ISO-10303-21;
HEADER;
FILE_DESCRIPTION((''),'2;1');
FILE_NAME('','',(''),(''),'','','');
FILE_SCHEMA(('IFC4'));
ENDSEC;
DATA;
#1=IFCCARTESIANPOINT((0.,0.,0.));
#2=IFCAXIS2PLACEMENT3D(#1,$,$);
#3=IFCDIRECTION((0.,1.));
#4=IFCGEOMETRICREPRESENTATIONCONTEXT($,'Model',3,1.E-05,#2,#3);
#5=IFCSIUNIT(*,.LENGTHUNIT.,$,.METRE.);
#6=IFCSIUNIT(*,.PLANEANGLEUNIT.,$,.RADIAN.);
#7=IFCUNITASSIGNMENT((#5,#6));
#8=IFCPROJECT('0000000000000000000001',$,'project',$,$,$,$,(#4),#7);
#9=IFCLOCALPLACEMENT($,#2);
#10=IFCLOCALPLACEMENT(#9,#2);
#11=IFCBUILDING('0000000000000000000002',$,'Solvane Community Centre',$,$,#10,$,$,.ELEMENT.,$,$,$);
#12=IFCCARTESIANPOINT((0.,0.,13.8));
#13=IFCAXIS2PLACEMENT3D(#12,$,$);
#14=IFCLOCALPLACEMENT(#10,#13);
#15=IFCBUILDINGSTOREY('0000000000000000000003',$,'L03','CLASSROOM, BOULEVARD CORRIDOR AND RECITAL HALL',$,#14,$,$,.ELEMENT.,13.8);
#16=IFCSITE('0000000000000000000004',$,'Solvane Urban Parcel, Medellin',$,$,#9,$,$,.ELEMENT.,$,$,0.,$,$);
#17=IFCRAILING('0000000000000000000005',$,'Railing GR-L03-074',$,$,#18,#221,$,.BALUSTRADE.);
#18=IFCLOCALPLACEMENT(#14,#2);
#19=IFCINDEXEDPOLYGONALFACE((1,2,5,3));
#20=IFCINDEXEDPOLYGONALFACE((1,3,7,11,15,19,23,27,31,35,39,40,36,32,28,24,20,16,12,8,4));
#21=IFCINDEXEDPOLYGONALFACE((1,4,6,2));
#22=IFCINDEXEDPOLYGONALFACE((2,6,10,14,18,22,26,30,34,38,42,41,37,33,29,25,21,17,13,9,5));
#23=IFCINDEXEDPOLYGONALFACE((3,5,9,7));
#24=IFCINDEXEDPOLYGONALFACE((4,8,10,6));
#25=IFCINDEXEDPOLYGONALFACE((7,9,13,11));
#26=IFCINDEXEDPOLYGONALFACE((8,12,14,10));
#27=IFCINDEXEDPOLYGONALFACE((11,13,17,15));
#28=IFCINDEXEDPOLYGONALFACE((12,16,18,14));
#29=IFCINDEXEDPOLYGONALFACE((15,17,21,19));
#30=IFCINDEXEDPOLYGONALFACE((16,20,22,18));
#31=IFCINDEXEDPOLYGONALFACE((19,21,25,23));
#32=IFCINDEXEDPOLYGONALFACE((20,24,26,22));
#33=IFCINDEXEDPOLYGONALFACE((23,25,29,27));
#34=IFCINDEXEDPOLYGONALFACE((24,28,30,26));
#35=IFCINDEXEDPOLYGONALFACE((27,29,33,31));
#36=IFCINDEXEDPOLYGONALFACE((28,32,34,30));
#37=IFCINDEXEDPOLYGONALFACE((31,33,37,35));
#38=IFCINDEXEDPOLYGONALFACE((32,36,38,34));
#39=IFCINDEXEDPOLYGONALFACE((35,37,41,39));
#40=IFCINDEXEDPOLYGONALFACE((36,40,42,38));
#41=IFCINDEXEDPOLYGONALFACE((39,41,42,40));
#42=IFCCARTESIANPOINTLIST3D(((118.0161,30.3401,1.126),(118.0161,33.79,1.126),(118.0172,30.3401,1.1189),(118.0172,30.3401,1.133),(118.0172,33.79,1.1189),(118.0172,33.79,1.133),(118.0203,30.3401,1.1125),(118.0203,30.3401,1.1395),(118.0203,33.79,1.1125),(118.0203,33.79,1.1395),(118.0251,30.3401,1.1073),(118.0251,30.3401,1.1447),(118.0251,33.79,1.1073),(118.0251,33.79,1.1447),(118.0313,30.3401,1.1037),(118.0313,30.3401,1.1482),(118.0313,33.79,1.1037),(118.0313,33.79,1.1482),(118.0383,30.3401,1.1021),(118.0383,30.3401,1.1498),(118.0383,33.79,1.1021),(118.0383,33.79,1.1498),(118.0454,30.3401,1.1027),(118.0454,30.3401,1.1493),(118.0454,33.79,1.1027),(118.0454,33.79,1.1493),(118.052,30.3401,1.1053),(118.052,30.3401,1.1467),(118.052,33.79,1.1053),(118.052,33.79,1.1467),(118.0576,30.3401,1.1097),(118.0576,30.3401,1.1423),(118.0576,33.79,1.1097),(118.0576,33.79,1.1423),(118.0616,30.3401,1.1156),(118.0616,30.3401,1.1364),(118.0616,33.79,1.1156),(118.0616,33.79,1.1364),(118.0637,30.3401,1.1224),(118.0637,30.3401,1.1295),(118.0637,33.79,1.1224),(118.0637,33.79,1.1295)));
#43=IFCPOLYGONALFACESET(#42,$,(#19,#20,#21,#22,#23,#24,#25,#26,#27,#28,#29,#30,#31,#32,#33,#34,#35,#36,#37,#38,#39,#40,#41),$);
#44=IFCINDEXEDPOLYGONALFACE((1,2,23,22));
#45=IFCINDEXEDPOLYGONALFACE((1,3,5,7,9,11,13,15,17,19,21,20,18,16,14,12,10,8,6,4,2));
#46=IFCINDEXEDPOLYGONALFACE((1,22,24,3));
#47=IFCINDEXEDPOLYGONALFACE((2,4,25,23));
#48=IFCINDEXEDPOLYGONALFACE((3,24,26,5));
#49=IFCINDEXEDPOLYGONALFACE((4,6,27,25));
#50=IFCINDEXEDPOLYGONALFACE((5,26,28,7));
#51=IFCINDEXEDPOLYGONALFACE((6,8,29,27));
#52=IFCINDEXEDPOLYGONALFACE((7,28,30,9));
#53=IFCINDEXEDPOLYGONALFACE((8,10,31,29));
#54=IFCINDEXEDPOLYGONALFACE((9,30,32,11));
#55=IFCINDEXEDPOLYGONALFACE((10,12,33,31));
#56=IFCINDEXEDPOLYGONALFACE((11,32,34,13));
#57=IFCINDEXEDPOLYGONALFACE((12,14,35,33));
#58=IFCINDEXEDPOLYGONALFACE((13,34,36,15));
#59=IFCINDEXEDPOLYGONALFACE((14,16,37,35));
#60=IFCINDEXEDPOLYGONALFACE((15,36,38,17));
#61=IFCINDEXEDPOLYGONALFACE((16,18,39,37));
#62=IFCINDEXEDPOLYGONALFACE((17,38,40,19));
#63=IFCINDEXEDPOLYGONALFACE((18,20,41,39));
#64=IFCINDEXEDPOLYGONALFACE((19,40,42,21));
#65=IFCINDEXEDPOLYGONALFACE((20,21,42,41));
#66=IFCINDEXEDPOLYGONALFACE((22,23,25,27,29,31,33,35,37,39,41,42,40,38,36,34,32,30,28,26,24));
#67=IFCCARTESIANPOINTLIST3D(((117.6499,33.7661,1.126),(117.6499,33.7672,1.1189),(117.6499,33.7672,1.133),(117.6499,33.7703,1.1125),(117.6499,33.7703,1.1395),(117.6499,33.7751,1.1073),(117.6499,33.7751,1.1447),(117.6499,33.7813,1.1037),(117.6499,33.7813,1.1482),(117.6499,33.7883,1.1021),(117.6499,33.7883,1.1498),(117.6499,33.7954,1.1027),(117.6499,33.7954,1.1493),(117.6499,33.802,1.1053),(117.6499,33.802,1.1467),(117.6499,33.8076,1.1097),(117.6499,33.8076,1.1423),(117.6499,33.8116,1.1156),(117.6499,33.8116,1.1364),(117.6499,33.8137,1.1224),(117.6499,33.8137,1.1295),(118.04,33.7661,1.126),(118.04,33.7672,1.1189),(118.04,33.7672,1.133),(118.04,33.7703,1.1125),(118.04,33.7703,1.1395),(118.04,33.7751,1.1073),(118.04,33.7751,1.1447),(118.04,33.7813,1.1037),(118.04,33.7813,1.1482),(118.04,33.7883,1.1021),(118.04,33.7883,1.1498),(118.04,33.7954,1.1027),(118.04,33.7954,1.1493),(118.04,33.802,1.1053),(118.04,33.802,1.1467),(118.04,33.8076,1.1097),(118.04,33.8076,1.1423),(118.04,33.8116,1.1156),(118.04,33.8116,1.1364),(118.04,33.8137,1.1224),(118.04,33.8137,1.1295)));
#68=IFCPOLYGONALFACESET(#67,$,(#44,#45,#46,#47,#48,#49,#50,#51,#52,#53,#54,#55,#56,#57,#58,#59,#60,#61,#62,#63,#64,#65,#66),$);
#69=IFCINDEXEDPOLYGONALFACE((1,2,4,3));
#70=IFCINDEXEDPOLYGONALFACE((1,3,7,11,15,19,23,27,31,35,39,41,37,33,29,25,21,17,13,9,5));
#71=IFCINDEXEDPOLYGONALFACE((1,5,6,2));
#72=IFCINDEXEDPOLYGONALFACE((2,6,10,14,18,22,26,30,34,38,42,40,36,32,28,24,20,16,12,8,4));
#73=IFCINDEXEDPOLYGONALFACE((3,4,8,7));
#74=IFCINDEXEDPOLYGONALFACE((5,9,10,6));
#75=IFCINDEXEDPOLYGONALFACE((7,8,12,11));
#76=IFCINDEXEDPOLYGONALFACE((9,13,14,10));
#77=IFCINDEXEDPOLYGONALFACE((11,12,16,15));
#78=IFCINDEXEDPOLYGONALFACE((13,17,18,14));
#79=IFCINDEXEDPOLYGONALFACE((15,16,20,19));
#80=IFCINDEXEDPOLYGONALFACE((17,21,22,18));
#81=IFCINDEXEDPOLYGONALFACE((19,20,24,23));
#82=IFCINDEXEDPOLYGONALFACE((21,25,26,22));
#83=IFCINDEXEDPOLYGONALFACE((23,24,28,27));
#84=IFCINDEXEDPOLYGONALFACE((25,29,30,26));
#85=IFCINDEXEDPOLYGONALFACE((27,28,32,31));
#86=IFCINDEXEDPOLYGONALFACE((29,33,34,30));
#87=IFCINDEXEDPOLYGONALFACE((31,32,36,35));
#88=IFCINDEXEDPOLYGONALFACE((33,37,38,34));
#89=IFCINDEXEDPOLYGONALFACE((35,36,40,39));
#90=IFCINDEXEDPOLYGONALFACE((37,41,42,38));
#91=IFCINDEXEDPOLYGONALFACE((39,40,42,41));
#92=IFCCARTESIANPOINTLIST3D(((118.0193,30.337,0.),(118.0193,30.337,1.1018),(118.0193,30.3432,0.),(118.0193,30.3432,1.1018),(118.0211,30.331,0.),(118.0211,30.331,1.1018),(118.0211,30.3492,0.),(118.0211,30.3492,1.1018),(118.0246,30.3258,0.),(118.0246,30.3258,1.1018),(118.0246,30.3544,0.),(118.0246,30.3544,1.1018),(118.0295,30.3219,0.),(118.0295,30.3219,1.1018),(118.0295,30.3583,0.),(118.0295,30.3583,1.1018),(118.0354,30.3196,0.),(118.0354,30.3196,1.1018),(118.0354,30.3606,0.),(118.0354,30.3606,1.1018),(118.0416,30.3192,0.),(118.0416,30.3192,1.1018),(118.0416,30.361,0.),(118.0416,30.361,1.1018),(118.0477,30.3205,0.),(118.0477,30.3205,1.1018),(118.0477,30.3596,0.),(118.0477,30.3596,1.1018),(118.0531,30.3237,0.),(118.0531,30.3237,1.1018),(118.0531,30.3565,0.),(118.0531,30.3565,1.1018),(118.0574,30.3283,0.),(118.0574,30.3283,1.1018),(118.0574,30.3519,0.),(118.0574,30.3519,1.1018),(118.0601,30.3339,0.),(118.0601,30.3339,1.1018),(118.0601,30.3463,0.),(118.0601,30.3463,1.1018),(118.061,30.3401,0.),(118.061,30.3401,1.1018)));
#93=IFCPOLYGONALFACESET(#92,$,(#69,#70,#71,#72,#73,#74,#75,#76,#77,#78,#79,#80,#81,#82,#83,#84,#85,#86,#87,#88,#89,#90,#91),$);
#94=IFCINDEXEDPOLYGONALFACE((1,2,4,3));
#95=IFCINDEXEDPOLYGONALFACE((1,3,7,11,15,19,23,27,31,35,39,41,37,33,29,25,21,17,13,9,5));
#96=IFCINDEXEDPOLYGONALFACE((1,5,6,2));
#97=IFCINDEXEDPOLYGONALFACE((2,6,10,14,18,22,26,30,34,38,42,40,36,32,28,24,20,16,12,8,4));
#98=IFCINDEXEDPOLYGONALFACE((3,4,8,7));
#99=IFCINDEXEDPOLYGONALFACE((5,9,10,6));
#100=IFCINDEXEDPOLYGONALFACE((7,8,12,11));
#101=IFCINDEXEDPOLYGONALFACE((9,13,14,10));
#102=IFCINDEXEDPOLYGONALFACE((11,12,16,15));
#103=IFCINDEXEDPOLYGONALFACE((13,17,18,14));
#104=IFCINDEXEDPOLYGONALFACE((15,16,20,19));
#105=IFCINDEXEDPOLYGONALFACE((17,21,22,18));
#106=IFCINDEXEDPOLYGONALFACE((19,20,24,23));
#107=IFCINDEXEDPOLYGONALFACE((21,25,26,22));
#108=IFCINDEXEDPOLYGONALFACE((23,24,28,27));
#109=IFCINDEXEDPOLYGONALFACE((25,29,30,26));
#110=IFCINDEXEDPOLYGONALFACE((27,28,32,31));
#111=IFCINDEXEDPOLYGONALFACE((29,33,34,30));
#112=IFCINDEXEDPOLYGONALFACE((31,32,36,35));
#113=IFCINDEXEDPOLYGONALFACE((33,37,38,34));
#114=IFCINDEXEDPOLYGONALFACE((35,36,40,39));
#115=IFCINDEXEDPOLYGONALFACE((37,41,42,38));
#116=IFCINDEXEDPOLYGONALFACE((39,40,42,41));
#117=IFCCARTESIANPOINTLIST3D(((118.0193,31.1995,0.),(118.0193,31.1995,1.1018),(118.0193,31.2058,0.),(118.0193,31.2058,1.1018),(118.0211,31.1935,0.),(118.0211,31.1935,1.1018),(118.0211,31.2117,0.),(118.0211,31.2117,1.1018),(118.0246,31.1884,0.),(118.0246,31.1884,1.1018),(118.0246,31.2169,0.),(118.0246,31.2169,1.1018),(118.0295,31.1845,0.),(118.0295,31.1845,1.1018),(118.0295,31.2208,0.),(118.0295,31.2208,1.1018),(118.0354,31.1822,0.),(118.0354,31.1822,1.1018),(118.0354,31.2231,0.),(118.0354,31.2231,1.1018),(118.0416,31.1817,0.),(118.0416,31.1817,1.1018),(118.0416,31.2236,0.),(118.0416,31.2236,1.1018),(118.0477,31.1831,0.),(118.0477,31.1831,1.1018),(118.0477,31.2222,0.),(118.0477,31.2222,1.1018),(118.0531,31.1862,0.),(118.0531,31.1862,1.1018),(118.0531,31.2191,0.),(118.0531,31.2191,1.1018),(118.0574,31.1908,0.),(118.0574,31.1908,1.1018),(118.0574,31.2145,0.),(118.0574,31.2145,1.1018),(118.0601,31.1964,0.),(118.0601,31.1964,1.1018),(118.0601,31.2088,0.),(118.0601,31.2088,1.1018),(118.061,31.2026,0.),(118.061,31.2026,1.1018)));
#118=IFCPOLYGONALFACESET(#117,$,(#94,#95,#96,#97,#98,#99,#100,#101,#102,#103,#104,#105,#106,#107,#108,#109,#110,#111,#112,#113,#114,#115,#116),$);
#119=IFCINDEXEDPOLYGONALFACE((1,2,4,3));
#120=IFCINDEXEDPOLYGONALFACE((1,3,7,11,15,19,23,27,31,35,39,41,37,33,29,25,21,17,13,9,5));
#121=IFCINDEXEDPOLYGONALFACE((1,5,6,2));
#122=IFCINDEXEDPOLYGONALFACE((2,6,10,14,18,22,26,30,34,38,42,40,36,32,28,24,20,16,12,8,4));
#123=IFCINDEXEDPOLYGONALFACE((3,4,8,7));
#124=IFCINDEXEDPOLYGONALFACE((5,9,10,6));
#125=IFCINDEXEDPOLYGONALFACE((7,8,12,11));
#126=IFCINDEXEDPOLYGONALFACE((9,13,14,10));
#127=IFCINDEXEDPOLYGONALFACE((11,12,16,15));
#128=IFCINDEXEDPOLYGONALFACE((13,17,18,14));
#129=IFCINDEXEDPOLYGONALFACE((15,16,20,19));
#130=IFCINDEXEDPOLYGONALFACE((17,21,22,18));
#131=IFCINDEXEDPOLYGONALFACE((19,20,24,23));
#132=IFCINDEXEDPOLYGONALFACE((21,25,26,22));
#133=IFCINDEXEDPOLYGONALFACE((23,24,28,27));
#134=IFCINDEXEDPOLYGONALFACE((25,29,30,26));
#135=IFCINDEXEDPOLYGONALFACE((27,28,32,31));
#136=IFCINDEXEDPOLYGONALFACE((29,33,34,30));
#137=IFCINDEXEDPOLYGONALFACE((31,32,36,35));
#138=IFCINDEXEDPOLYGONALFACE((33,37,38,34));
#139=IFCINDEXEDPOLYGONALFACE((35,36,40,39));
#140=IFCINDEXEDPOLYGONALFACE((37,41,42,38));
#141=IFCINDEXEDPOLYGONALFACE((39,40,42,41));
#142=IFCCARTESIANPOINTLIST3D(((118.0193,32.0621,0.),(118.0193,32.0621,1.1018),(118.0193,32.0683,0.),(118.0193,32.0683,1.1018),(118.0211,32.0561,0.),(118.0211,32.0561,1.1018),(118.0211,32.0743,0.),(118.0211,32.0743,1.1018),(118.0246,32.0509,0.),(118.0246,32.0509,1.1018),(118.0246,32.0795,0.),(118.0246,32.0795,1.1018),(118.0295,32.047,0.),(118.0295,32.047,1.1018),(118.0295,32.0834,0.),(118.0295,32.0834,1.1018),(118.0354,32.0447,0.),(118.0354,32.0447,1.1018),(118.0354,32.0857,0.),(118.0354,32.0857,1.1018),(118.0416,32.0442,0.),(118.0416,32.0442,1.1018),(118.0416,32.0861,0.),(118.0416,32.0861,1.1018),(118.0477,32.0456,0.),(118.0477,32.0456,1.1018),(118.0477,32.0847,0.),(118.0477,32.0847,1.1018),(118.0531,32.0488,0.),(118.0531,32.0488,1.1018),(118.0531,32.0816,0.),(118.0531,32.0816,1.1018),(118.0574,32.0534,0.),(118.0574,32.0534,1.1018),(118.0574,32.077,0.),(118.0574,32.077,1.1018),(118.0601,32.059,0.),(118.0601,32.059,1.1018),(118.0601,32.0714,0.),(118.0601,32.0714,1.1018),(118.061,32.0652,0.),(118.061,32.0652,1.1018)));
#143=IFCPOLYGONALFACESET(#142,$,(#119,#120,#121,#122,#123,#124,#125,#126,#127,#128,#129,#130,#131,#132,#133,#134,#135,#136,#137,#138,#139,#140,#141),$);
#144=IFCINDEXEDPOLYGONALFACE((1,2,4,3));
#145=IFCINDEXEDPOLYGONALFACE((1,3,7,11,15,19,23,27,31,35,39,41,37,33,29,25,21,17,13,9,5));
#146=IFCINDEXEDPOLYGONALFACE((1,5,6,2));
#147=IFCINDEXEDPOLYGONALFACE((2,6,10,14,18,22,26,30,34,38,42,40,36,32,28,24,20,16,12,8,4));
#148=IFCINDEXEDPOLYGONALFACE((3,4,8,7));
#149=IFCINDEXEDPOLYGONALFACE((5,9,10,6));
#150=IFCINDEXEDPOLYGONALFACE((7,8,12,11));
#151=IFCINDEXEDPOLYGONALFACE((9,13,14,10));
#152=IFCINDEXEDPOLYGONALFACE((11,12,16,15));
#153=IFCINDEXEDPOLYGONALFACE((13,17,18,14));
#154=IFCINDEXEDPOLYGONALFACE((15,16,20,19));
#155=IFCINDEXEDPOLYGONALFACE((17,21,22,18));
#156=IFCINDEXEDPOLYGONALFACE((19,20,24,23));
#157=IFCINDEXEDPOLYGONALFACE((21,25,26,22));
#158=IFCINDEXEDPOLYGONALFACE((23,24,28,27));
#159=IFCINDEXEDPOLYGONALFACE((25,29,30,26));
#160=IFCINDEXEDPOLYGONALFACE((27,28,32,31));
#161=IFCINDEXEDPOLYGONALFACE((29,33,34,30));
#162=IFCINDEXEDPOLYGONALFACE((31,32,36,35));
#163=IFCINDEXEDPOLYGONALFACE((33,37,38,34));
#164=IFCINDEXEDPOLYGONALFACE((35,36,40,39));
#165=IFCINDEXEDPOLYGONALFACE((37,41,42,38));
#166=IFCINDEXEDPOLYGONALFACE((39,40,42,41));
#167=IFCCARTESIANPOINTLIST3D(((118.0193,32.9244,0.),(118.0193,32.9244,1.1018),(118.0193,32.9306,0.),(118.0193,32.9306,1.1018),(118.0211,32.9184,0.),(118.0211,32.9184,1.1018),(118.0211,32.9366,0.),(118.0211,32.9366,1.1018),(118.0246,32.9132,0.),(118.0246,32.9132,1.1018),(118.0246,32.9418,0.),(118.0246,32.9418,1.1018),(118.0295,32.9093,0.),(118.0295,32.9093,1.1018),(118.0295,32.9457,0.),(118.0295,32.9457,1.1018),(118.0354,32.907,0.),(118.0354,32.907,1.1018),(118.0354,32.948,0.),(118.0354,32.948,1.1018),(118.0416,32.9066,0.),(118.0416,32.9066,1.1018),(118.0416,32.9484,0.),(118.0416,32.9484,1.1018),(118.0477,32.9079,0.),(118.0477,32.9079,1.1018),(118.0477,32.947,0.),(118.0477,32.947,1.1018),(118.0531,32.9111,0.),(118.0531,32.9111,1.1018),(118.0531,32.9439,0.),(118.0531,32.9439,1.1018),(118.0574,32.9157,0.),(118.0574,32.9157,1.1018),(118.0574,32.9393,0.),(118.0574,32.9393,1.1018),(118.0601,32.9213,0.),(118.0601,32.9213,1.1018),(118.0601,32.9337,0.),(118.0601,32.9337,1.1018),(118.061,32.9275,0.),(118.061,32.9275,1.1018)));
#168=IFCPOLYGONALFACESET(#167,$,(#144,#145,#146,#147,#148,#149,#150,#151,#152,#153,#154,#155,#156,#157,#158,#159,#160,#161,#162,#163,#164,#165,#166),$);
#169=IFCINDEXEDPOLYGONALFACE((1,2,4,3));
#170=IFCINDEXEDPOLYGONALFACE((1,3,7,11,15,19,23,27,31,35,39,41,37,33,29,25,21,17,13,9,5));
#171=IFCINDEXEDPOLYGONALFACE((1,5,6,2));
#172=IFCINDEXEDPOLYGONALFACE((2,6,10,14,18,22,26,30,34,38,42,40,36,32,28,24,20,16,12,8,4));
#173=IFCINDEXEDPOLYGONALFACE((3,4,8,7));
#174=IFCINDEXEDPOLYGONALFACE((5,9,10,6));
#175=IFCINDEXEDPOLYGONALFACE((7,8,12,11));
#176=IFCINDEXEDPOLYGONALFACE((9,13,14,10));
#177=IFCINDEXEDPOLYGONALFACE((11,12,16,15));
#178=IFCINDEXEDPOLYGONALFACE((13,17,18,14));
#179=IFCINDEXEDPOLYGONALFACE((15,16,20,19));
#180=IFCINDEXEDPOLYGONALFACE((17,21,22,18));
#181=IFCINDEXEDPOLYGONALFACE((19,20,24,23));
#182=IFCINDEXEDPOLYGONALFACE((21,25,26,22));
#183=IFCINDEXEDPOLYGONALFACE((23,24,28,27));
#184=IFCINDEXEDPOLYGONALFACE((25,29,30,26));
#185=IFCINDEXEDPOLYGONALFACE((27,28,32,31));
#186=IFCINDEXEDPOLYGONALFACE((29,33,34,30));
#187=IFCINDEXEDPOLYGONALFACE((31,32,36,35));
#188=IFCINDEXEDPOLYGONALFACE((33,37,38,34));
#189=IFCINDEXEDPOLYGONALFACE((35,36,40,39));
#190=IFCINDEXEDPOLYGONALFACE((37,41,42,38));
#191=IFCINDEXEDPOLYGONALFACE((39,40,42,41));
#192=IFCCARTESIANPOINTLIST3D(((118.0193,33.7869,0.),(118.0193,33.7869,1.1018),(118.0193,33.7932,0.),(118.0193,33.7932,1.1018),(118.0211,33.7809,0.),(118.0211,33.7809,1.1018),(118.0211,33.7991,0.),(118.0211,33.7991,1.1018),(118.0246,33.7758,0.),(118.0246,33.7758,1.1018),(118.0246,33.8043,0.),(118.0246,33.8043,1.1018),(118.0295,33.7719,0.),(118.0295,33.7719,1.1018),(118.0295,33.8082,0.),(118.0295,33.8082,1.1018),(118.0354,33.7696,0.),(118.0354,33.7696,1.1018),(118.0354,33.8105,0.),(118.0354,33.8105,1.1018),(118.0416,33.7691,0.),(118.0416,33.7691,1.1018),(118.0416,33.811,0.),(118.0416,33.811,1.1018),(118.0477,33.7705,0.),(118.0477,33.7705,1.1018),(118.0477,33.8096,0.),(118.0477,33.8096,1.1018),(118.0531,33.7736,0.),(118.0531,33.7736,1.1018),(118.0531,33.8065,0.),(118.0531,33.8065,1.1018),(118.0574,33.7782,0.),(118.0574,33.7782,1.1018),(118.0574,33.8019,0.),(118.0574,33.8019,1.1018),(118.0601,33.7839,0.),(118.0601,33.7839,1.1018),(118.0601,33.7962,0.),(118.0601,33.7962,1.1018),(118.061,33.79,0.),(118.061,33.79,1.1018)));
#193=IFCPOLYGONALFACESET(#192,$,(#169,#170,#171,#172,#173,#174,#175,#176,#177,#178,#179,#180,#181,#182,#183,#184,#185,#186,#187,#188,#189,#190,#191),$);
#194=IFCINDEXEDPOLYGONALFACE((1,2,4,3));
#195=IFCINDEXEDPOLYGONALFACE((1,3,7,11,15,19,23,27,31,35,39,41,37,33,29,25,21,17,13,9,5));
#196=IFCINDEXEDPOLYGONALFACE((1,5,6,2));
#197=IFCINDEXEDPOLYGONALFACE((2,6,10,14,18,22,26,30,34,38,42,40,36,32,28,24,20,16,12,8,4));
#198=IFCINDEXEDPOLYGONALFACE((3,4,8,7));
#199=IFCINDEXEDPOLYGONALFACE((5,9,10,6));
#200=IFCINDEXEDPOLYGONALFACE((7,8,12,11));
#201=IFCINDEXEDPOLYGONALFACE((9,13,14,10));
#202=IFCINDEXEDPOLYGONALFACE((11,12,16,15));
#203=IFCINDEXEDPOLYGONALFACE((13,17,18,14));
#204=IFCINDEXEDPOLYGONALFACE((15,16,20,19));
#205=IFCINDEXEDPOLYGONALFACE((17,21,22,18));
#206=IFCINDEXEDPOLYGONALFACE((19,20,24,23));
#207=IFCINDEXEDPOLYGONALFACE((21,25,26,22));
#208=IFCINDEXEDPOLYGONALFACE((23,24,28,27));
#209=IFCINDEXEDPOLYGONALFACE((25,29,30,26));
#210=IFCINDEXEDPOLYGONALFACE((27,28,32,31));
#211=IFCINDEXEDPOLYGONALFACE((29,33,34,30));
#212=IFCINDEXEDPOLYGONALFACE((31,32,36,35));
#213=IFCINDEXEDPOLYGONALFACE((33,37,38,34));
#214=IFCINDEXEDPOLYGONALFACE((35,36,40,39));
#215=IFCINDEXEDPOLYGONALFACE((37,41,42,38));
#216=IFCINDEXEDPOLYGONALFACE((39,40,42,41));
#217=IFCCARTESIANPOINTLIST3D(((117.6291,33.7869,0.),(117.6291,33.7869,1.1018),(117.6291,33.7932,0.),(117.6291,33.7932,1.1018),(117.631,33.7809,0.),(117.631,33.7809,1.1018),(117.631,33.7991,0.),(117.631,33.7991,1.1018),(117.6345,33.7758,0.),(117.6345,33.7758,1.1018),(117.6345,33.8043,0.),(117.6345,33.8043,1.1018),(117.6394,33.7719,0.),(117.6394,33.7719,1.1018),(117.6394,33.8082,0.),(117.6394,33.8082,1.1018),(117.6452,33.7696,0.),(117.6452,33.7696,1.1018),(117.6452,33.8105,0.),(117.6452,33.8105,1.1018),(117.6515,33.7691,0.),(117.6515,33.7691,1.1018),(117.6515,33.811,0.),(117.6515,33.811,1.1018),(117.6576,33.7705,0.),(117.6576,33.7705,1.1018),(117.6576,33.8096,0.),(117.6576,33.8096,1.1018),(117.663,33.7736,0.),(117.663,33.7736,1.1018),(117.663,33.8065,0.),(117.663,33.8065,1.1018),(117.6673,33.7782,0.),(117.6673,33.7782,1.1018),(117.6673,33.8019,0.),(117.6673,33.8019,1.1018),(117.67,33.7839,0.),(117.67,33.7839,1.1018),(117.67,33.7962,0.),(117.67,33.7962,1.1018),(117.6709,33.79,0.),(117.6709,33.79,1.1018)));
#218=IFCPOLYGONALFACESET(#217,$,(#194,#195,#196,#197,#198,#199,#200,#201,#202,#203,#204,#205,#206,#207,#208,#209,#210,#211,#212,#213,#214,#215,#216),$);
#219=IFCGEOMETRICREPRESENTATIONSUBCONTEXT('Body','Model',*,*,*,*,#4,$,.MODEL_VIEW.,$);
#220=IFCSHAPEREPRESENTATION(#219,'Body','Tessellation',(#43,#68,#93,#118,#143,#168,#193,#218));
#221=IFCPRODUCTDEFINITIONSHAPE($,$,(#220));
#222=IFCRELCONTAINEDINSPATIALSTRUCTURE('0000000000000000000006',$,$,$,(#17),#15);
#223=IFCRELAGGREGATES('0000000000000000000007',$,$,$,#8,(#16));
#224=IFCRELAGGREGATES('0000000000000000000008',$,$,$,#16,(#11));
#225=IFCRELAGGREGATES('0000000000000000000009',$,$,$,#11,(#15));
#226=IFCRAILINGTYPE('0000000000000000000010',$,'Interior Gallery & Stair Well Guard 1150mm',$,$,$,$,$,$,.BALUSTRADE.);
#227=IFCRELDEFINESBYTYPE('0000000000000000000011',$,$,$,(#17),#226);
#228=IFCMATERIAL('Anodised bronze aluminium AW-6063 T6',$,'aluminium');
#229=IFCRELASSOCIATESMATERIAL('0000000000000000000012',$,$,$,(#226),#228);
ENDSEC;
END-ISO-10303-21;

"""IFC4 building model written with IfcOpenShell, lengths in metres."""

from ifc_helpers import new_model, si_unit, direction, frame, origin, origin_2d, place, context, subcontext, project, spatial, circle, extrude, material, type_object, element, save


model = new_model("IFC4")

# Units and contexts
model_context = context("Model", 3, precision=1e-05, world=origin(), true_north=direction((0.0, 1.0)))
body_context = subcontext(model_context, "Body", "Model", "MODEL_VIEW")
ifc_project = project(units=[si_unit("LENGTHUNIT", "METRE"), si_unit("PLANEANGLEUNIT", "RADIAN")], contexts=[model_context])

# Site, building, storey
site_placement = place(None, origin())
site = spatial("IfcSite", under=ifc_project, at=site_placement, Name="Solvane Urban Parcel, Medellin", CompositionType="ELEMENT", RefElevation=0.0)
building_placement = place(site_placement, origin())
building = spatial("IfcBuilding", under=site, at=building_placement, Name="Solvane Community Centre", CompositionType="ELEMENT")
storey_placement = place(building_placement, frame((0.0, 0.0, 13.8)))
storey = spatial("IfcBuildingStorey", under=building, at=storey_placement, Name="L03", Description="CLASSROOM, BOULEVARD CORRIDOR AND RECITAL HALL", CompositionType="ELEMENT", Elevation=13.8)

# Shared definitions
ifc_material_1 = material(Name="Anodised bronze aluminium AW-6063 T6", Category="aluminium")

# Railing
railing_type_1 = type_object("IfcRailingType", Name="Interior Gallery & Stair Well Guard 1150mm", PredefinedType="BALUSTRADE", material=ifc_material_1)
railing_1_placement = place(storey_placement, frame((118.04, 30.3401, 0.0)))
element("IfcRailing", 1, at=railing_1_placement, inside=storey, type_object=railing_type_1, Name="Railing GR-L03-074", PredefinedType="BALUSTRADE", context=body_context, shape_type="SweptSolid", body=[
    extrude(circle(Radius=0.0239, at=origin_2d()), frame((0.0, 0.0, 1.126), z_axis=(0.0, 1.0, 0.0), x_axis=(-1.0, 0.0, 0.0)), (0.0, 0.0, 1.0), 3.45),
    extrude(circle(Radius=0.0239, at=origin_2d()), frame((0.0, 3.45, 1.126), z_axis=(-1.0, 0.0, 0.0), x_axis=(0.0, -1.0, 0.0)), (0.0, 0.0, 1.0), 0.3901),
    extrude(circle(Radius=0.021, at=origin_2d()), origin(), (0.0, 0.0, 1.0), 1.1018),
    extrude(circle(Radius=0.021, at=origin_2d()), frame((0.0, 0.8625, 0.0)), (0.0, 0.0, 1.0), 1.1018),
    extrude(circle(Radius=0.021, at=origin_2d()), frame((0.0, 1.7251, 0.0)), (0.0, 0.0, 1.0), 1.1018),
    extrude(circle(Radius=0.021, at=origin_2d()), frame((0.0, 2.5874, 0.0)), (0.0, 0.0, 1.0), 1.1018),
    extrude(circle(Radius=0.021, at=origin_2d()), frame((0.0, 3.45, 0.0)), (0.0, 0.0, 1.0), 1.1018),
    extrude(circle(Radius=0.021, at=origin_2d()), frame((-0.3901, 3.45, 0.0)), (0.0, 0.0, 1.0), 1.1018),
])

save(model, "model.ifc")
